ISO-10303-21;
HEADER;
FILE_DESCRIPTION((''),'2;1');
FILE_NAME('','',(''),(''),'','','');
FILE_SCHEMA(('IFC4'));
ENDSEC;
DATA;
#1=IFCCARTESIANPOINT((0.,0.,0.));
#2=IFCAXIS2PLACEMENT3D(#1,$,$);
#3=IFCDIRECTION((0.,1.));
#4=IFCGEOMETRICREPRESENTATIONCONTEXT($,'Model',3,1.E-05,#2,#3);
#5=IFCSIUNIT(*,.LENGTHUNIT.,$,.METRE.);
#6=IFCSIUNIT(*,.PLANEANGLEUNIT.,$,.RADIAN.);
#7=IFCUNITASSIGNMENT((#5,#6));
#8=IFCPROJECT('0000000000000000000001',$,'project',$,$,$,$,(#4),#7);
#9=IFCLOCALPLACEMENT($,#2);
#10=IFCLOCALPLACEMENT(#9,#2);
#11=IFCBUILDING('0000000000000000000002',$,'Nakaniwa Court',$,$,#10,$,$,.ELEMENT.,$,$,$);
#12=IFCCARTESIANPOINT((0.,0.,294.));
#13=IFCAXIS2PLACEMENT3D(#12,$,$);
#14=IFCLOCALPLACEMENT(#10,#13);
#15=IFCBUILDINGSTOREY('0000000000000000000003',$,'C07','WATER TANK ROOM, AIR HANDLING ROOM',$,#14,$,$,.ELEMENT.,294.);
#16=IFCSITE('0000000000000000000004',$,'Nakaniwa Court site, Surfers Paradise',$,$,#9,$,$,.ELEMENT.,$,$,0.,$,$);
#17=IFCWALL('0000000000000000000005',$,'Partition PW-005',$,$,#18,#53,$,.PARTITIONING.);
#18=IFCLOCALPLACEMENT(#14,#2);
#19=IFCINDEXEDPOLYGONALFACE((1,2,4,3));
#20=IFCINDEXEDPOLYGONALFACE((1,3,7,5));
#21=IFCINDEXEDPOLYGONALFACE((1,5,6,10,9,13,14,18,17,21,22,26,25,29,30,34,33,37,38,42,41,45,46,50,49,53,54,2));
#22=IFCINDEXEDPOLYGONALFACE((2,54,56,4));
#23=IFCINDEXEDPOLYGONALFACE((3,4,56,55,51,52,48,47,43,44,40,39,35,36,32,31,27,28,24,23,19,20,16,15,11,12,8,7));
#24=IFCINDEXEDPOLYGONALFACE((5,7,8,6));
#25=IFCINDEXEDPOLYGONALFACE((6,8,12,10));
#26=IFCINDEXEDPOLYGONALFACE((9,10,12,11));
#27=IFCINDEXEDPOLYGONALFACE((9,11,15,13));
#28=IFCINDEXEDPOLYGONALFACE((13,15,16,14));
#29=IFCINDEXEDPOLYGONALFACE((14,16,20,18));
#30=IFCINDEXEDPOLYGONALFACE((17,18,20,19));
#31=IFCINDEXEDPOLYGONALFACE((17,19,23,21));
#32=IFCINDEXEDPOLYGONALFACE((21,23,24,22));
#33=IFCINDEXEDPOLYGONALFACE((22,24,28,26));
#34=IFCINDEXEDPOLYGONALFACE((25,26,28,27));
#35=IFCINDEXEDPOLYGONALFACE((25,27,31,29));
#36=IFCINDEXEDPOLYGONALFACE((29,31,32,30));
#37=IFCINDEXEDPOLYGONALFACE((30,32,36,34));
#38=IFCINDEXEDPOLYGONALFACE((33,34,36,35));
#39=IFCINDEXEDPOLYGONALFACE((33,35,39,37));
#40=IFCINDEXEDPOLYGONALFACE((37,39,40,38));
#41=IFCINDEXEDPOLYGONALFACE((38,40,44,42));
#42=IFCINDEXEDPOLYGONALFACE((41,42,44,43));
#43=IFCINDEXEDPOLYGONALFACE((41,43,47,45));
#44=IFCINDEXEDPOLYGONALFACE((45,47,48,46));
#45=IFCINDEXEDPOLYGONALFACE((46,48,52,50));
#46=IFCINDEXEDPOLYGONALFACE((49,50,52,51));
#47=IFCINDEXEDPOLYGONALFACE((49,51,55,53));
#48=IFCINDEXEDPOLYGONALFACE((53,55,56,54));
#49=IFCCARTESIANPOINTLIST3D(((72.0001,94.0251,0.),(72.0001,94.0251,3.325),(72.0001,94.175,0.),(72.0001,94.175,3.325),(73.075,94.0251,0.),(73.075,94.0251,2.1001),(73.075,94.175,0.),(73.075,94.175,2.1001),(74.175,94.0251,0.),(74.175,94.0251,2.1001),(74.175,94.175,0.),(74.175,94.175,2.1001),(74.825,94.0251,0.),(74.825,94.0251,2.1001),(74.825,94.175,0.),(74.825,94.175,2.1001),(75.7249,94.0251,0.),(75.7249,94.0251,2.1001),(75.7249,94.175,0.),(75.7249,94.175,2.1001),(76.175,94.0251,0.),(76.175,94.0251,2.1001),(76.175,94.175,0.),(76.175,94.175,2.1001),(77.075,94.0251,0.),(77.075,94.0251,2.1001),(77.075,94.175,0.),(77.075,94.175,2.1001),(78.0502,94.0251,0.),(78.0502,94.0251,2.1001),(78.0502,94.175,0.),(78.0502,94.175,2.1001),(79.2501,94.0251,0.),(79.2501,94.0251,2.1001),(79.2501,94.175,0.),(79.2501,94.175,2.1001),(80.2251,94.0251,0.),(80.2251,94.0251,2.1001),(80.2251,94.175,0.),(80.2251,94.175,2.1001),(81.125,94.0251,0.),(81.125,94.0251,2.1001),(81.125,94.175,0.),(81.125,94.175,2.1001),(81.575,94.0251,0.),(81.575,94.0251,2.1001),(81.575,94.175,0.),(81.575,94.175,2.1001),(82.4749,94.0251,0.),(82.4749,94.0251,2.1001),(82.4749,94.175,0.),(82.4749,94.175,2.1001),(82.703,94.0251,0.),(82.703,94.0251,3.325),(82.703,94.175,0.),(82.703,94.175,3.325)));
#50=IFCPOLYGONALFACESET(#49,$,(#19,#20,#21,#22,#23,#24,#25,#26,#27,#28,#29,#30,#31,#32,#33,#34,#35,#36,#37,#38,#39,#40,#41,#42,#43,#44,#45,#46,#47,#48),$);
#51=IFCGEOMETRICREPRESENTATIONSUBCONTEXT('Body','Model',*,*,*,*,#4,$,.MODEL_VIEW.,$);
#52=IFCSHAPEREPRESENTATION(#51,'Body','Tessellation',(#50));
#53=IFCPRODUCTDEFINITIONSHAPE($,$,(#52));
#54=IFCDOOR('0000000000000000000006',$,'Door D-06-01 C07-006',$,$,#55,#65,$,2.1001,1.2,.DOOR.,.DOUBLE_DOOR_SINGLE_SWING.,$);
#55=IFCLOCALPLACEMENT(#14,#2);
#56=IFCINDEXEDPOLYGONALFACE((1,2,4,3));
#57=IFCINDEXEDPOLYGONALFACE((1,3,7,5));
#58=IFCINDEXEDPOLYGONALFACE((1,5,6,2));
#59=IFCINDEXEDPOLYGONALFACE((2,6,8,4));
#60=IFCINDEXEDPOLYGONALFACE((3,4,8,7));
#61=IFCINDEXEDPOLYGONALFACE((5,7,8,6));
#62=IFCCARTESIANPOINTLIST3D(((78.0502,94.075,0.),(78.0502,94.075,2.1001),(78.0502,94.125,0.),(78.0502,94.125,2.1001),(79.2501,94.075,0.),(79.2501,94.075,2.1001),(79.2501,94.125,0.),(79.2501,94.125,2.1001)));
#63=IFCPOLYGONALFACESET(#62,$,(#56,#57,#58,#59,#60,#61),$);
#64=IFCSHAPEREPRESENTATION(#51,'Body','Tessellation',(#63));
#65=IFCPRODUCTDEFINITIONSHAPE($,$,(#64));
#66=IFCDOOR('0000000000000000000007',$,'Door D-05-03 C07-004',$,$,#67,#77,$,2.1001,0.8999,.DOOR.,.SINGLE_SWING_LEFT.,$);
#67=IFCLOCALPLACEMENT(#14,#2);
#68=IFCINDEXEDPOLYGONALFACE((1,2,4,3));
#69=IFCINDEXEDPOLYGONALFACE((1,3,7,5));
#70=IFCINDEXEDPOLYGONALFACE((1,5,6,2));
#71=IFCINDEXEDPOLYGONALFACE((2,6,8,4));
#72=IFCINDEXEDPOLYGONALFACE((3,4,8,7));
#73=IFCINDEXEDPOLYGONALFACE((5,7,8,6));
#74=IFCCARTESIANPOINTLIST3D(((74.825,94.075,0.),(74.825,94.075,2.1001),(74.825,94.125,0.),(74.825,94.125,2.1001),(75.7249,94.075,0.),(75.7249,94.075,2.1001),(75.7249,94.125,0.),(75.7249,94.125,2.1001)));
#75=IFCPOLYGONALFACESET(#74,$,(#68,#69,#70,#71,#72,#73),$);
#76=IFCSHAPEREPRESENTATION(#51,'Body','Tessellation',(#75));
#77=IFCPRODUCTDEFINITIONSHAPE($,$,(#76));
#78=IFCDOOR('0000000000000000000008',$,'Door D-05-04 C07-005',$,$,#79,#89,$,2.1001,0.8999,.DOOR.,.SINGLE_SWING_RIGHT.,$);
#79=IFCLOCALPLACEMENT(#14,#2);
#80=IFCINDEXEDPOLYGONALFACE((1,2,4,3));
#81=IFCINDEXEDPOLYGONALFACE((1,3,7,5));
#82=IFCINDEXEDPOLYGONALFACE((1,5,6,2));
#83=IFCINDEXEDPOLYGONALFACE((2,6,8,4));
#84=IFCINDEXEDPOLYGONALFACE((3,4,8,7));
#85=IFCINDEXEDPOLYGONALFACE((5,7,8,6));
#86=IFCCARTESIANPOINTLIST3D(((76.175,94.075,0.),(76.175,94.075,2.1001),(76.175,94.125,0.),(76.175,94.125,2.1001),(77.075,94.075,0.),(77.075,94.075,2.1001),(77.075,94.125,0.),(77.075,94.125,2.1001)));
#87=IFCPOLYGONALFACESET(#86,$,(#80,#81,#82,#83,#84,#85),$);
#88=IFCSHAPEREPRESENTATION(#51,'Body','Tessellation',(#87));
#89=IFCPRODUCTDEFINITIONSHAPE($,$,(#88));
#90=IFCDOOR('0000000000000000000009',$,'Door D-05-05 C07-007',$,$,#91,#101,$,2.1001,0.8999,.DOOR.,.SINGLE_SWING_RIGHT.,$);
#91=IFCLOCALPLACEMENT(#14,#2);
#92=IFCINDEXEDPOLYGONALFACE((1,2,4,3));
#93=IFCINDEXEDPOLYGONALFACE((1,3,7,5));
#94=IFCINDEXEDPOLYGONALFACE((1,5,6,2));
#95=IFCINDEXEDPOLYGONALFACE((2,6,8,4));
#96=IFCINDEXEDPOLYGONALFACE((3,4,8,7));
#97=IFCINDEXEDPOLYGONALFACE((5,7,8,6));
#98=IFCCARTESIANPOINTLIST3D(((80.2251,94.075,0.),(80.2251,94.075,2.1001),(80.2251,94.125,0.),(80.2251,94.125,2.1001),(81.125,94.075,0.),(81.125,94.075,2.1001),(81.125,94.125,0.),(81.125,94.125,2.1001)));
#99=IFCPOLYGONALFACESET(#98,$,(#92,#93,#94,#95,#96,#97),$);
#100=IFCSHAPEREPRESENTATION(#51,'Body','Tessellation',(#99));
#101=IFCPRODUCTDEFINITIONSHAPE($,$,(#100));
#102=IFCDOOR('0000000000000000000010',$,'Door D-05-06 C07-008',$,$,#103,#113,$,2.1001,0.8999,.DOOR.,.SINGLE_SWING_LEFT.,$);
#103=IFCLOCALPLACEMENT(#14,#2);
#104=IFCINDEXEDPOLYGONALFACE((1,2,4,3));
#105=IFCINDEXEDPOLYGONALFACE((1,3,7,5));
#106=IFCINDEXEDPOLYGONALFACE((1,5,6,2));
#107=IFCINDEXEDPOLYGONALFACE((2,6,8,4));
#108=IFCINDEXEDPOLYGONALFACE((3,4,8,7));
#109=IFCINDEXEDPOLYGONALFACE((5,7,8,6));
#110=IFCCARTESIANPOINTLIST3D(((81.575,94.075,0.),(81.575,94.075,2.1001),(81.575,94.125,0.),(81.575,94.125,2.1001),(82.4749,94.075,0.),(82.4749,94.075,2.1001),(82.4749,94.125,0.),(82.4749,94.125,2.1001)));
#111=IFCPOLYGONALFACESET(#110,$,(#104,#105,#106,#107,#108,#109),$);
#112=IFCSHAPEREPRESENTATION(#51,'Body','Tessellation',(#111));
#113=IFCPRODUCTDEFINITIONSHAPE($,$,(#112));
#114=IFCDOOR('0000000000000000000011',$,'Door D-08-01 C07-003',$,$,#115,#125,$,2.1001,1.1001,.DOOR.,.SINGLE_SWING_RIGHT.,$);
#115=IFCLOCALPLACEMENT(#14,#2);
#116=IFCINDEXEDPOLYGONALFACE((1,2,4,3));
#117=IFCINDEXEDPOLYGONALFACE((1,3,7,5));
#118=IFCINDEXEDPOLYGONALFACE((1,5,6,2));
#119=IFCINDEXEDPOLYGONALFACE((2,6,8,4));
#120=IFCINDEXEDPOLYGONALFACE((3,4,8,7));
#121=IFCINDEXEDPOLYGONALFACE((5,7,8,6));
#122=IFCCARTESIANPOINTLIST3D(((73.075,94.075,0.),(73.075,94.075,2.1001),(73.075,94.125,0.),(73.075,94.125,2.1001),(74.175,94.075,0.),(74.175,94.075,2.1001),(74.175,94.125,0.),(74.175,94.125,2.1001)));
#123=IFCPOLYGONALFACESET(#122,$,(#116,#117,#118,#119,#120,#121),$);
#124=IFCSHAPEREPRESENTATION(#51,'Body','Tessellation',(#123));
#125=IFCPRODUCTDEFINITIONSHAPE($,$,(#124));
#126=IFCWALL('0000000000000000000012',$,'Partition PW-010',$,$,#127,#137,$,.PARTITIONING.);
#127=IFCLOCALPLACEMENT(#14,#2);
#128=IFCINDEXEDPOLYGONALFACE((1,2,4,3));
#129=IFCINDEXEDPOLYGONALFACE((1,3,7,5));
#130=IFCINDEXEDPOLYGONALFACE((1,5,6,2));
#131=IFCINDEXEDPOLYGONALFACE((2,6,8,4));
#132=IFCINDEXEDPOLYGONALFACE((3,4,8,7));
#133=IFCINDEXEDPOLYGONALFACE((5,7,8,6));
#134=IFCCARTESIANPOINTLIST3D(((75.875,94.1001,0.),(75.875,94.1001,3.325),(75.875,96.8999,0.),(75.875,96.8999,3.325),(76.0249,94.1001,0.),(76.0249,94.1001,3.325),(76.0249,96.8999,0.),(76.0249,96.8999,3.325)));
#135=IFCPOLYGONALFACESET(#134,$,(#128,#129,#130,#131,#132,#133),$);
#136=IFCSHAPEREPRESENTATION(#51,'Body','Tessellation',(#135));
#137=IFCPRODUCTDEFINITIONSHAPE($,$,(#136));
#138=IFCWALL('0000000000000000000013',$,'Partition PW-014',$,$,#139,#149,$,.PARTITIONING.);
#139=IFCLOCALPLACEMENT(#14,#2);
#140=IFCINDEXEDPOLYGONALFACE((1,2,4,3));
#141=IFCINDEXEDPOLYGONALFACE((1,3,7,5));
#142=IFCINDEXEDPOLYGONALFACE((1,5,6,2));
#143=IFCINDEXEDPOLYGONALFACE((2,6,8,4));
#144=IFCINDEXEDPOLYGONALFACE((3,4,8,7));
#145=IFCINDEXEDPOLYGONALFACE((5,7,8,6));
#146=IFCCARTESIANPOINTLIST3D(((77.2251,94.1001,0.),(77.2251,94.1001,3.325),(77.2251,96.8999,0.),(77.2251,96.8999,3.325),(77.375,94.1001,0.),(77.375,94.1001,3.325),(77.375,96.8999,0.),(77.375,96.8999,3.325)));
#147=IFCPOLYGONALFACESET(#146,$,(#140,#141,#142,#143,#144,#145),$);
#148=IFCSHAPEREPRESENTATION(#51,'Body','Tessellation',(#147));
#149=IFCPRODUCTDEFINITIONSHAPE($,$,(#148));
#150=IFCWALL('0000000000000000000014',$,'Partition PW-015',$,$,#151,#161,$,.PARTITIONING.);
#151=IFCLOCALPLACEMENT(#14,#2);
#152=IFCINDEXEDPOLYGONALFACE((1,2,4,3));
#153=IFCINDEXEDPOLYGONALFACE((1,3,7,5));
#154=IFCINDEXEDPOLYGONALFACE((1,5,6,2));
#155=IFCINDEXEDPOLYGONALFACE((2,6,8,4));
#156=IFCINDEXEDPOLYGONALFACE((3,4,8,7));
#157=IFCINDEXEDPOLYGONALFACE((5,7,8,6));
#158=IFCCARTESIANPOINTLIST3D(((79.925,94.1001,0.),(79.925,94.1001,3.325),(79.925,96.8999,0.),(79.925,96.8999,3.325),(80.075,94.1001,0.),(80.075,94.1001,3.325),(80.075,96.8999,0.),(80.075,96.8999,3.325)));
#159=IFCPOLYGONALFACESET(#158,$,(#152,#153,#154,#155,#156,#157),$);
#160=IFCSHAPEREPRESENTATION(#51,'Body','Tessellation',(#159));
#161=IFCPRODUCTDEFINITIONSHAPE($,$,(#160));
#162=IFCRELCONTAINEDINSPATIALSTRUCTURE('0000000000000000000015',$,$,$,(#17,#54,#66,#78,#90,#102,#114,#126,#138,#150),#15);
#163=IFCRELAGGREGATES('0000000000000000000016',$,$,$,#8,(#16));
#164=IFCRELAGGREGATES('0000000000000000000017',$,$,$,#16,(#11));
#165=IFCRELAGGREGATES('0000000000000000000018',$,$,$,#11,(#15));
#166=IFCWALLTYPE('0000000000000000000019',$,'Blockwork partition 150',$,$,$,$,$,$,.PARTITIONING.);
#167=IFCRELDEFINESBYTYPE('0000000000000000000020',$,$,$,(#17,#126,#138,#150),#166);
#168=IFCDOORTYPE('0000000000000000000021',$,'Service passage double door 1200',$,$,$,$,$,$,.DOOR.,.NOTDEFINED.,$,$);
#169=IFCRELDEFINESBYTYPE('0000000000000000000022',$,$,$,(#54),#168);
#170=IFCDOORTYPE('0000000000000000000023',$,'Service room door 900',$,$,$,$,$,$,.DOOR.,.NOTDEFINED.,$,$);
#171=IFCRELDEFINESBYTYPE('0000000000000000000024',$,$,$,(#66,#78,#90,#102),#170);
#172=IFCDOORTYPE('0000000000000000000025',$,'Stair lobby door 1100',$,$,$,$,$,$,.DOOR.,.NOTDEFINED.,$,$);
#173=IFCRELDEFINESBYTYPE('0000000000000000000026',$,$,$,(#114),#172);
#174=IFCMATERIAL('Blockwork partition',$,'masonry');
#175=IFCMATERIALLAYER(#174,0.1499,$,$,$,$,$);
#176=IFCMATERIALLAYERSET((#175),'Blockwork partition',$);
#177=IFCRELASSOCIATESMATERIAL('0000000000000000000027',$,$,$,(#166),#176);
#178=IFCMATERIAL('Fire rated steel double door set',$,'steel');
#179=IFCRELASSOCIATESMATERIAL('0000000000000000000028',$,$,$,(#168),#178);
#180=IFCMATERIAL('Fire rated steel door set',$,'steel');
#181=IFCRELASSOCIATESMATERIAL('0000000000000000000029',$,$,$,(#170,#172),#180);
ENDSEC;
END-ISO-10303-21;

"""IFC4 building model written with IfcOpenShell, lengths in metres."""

from ifc_helpers import new_model, si_unit, direction, frame, frame_2d, origin, place, context, subcontext, project, spatial, rectangle, extrude, material, layer, layer_set, type_object, element, fill, save


model = new_model("IFC4")

# Units and contexts
model_context = context("Model", 3, precision=1e-05, world=origin(), true_north=direction((0.0, 1.0)))
body_context = subcontext(model_context, "Body", "Model", "MODEL_VIEW")
ifc_project = project(units=[si_unit("LENGTHUNIT", "METRE"), si_unit("PLANEANGLEUNIT", "RADIAN")], contexts=[model_context])

# Site, building, storey
site_placement = place(None, origin())
site = spatial("IfcSite", under=ifc_project, at=site_placement, Name="Nakaniwa Court site, Surfers Paradise", CompositionType="ELEMENT", RefElevation=0.0)
building_placement = place(site_placement, origin())
building = spatial("IfcBuilding", under=site, at=building_placement, Name="Nakaniwa Court", CompositionType="ELEMENT")
storey_placement = place(building_placement, frame((0.0, 0.0, 294.0)))
storey = spatial("IfcBuildingStorey", under=building, at=storey_placement, Name="C07", Description="WATER TANK ROOM, AIR HANDLING ROOM", CompositionType="ELEMENT", Elevation=294.0)

# Shared definitions
ifc_material_1 = material(Name="Fire rated steel door set", Category="steel")

# Shared definitions
ifc_material_2 = material(Name="Blockwork partition", Category="masonry")
ifc_layer_1 = layer(ifc_material_2, 0.1499)
ifc_layer_set_1 = layer_set([ifc_layer_1], Name="Blockwork partition")
wall_type_1 = type_object("IfcWallType", Name="Blockwork partition 150", PredefinedType="PARTITIONING", material=ifc_layer_set_1)

# Wall, openings, doors
wall_1_placement = place(storey_placement, frame((72.0, 94.1001, 0.0), z_axis=(0.0, 0.0, 1.0), x_axis=(1.0, 0.0, 0.0)))
wall_1 = element("IfcWall", 1, at=wall_1_placement, inside=storey, type_object=wall_type_1, Name="Partition PW-005", PredefinedType="PARTITIONING", context=body_context, shape_type="SweptSolid", body=[
    extrude(rectangle(XDim=10.7029, YDim=0.1499, at=frame_2d((5.3516, 0.0))), origin(), (0.0, 0.0, 1.0), 3.325),
])
opening_1_placement = place(wall_1_placement, frame((1.075, 0.0, 0.0)))
opening_1 = element("IfcOpeningElement", 2, at=opening_1_placement, cuts=wall_1, PredefinedType="OPENING", context=body_context, shape_type="SweptSolid", body=[
    extrude(rectangle(XDim=1.1001, YDim=2.1001, at=frame_2d((0.55, 1.05))), frame((0.0, 0.085, 0.0), z_axis=(0.0, -1.0, 0.0), x_axis=(1.0, 0.0, 0.0)), (0.0, 0.0, 1.0), 0.1699),
])
opening_2_placement = place(wall_1_placement, frame((2.825, 0.0, 0.0)))
opening_2 = element("IfcOpeningElement", 3, at=opening_2_placement, cuts=wall_1, PredefinedType="OPENING", context=body_context, shape_type="SweptSolid", body=[
    extrude(rectangle(XDim=0.8999, YDim=2.1001, at=frame_2d((0.45, 1.05))), frame((0.0, 0.085, 0.0), z_axis=(0.0, -1.0, 0.0), x_axis=(1.0, 0.0, 0.0)), (0.0, 0.0, 1.0), 0.1699),
])
opening_3_placement = place(wall_1_placement, frame((4.175, 0.0, 0.0)))
opening_3 = element("IfcOpeningElement", 4, at=opening_3_placement, cuts=wall_1, PredefinedType="OPENING", context=body_context, shape_type="SweptSolid", body=[
    extrude(rectangle(XDim=0.8999, YDim=2.1001, at=frame_2d((0.45, 1.05))), frame((0.0, 0.085, 0.0), z_axis=(0.0, -1.0, 0.0), x_axis=(1.0, 0.0, 0.0)), (0.0, 0.0, 1.0), 0.1699),
])
opening_4_placement = place(wall_1_placement, frame((6.05, 0.0, 0.0)))
opening_4 = element("IfcOpeningElement", 5, at=opening_4_placement, cuts=wall_1, PredefinedType="OPENING", context=body_context, shape_type="SweptSolid", body=[
    extrude(rectangle(XDim=1.2, YDim=2.1001, at=frame_2d((0.6001, 1.05))), frame((0.0, 0.085, 0.0), z_axis=(0.0, -1.0, 0.0), x_axis=(1.0, 0.0, 0.0)), (0.0, 0.0, 1.0), 0.1699),
])
opening_5_placement = place(wall_1_placement, frame((8.2251, 0.0, 0.0)))
opening_5 = element("IfcOpeningElement", 6, at=opening_5_placement, cuts=wall_1, PredefinedType="OPENING", context=body_context, shape_type="SweptSolid", body=[
    extrude(rectangle(XDim=0.8999, YDim=2.1001, at=frame_2d((0.45, 1.05))), frame((0.0, 0.085, 0.0), z_axis=(0.0, -1.0, 0.0), x_axis=(1.0, 0.0, 0.0)), (0.0, 0.0, 1.0), 0.1699),
])
opening_6_placement = place(wall_1_placement, frame((9.575, 0.0, 0.0)))
opening_6 = element("IfcOpeningElement", 7, at=opening_6_placement, cuts=wall_1, PredefinedType="OPENING", context=body_context, shape_type="SweptSolid", body=[
    extrude(rectangle(XDim=0.8999, YDim=2.1001, at=frame_2d((0.45, 1.05))), frame((0.0, 0.085, 0.0), z_axis=(0.0, -1.0, 0.0), x_axis=(1.0, 0.0, 0.0)), (0.0, 0.0, 1.0), 0.1699),
])
ifc_material_3 = material(Name="Fire rated steel double door set", Category="steel")
door_type_1 = type_object("IfcDoorType", Name="Service passage double door 1200", OperationType="NOTDEFINED", PredefinedType="DOOR", material=ifc_material_3)
door_1_placement = place(opening_4_placement, origin())
door_1 = element("IfcDoor", 8, at=door_1_placement, inside=storey, type_object=door_type_1, Name="Door D-06-01 C07-006", OperationType="DOUBLE_DOOR_SINGLE_SWING", OverallHeight=2.1001, OverallWidth=1.2, PredefinedType="DOOR", context=body_context, shape_type="SweptSolid", body=[
    extrude(rectangle(XDim=1.2, YDim=2.1001, at=frame_2d((0.6001, 1.05))), frame((0.0, 0.0249, 0.0), z_axis=(0.0, -1.0, 0.0), x_axis=(1.0, 0.0, 0.0)), (0.0, 0.0, 1.0), 0.05),
])
fill(opening_4, door_1)
door_type_2 = type_object("IfcDoorType", Name="Service room door 900", OperationType="NOTDEFINED", PredefinedType="DOOR", material=ifc_material_1)
door_2_placement = place(opening_2_placement, origin())
door_2 = element("IfcDoor", 9, at=door_2_placement, inside=storey, type_object=door_type_2, Name="Door D-05-03 C07-004", OperationType="SINGLE_SWING_LEFT", OverallHeight=2.1001, OverallWidth=0.8999, PredefinedType="DOOR", context=body_context, shape_type="SweptSolid", body=[
    extrude(rectangle(XDim=0.8999, YDim=2.1001, at=frame_2d((0.45, 1.05))), frame((0.0, 0.0249, 0.0), z_axis=(0.0, -1.0, 0.0), x_axis=(1.0, 0.0, 0.0)), (0.0, 0.0, 1.0), 0.05),
])
fill(opening_2, door_2)
door_3_placement = place(opening_3_placement, origin())
door_3 = element("IfcDoor", 10, at=door_3_placement, inside=storey, type_object=door_type_2, Name="Door D-05-04 C07-005", OperationType="SINGLE_SWING_RIGHT", OverallHeight=2.1001, OverallWidth=0.8999, PredefinedType="DOOR", context=body_context, shape_type="SweptSolid", body=[
    extrude(rectangle(XDim=0.8999, YDim=2.1001, at=frame_2d((0.45, 1.05))), frame((0.0, 0.0249, 0.0), z_axis=(0.0, -1.0, 0.0), x_axis=(1.0, 0.0, 0.0)), (0.0, 0.0, 1.0), 0.05),
])
fill(opening_3, door_3)
door_4_placement = place(opening_5_placement, origin())
door_4 = element("IfcDoor", 11, at=door_4_placement, inside=storey, type_object=door_type_2, Name="Door D-05-05 C07-007", OperationType="SINGLE_SWING_RIGHT", OverallHeight=2.1001, OverallWidth=0.8999, PredefinedType="DOOR", context=body_context, shape_type="SweptSolid", body=[
    extrude(rectangle(XDim=0.8999, YDim=2.1001, at=frame_2d((0.45, 1.05))), frame((0.0, 0.0249, 0.0), z_axis=(0.0, -1.0, 0.0), x_axis=(1.0, 0.0, 0.0)), (0.0, 0.0, 1.0), 0.05),
])
fill(opening_5, door_4)
door_5_placement = place(opening_6_placement, origin())
door_5 = element("IfcDoor", 12, at=door_5_placement, inside=storey, type_object=door_type_2, Name="Door D-05-06 C07-008", OperationType="SINGLE_SWING_LEFT", OverallHeight=2.1001, OverallWidth=0.8999, PredefinedType="DOOR", context=body_context, shape_type="SweptSolid", body=[
    extrude(rectangle(XDim=0.8999, YDim=2.1001, at=frame_2d((0.45, 1.05))), frame((0.0, 0.0249, 0.0), z_axis=(0.0, -1.0, 0.0), x_axis=(1.0, 0.0, 0.0)), (0.0, 0.0, 1.0), 0.05),
])
fill(opening_6, door_5)
door_type_3 = type_object("IfcDoorType", Name="Stair lobby door 1100", OperationType="NOTDEFINED", PredefinedType="DOOR", material=ifc_material_1)
door_6_placement = place(opening_1_placement, origin())
door_6 = element("IfcDoor", 13, at=door_6_placement, inside=storey, type_object=door_type_3, Name="Door D-08-01 C07-003", OperationType="SINGLE_SWING_RIGHT", OverallHeight=2.1001, OverallWidth=1.1001, PredefinedType="DOOR", context=body_context, shape_type="SweptSolid", body=[
    extrude(rectangle(XDim=1.1001, YDim=2.1001, at=frame_2d((0.55, 1.05))), frame((0.0, 0.0249, 0.0), z_axis=(0.0, -1.0, 0.0), x_axis=(1.0, 0.0, 0.0)), (0.0, 0.0, 1.0), 0.05),
])
fill(opening_1, door_6)

# Walls
for number, where, z_axis, x_axis, name in (
    (14, (75.95, 94.1001, 0.0), (0.0, 0.0, 1.0), (0.0, 1.0, 0.0), "Partition PW-010"),
    (15, (77.3, 94.1001, 0.0), (0.0, 0.0, 1.0), (0.0, 1.0, 0.0), "Partition PW-014"),
    (16, (80.0, 94.1001, 0.0), (0.0, 0.0, 1.0), (0.0, 1.0, 0.0), "Partition PW-015"),
):
    element("IfcWall", number, at=place(storey_placement, frame(where, z_axis=z_axis, x_axis=x_axis)), inside=storey, type_object=wall_type_1, Name=name, PredefinedType="PARTITIONING", context=body_context, shape_type="SweptSolid", body=[
        extrude(rectangle(XDim=2.7998, YDim=0.1499, at=frame_2d((1.3999, 0.0))), origin(), (0.0, 0.0, 1.0), 3.325),
    ])

save(model, "model.ifc")
